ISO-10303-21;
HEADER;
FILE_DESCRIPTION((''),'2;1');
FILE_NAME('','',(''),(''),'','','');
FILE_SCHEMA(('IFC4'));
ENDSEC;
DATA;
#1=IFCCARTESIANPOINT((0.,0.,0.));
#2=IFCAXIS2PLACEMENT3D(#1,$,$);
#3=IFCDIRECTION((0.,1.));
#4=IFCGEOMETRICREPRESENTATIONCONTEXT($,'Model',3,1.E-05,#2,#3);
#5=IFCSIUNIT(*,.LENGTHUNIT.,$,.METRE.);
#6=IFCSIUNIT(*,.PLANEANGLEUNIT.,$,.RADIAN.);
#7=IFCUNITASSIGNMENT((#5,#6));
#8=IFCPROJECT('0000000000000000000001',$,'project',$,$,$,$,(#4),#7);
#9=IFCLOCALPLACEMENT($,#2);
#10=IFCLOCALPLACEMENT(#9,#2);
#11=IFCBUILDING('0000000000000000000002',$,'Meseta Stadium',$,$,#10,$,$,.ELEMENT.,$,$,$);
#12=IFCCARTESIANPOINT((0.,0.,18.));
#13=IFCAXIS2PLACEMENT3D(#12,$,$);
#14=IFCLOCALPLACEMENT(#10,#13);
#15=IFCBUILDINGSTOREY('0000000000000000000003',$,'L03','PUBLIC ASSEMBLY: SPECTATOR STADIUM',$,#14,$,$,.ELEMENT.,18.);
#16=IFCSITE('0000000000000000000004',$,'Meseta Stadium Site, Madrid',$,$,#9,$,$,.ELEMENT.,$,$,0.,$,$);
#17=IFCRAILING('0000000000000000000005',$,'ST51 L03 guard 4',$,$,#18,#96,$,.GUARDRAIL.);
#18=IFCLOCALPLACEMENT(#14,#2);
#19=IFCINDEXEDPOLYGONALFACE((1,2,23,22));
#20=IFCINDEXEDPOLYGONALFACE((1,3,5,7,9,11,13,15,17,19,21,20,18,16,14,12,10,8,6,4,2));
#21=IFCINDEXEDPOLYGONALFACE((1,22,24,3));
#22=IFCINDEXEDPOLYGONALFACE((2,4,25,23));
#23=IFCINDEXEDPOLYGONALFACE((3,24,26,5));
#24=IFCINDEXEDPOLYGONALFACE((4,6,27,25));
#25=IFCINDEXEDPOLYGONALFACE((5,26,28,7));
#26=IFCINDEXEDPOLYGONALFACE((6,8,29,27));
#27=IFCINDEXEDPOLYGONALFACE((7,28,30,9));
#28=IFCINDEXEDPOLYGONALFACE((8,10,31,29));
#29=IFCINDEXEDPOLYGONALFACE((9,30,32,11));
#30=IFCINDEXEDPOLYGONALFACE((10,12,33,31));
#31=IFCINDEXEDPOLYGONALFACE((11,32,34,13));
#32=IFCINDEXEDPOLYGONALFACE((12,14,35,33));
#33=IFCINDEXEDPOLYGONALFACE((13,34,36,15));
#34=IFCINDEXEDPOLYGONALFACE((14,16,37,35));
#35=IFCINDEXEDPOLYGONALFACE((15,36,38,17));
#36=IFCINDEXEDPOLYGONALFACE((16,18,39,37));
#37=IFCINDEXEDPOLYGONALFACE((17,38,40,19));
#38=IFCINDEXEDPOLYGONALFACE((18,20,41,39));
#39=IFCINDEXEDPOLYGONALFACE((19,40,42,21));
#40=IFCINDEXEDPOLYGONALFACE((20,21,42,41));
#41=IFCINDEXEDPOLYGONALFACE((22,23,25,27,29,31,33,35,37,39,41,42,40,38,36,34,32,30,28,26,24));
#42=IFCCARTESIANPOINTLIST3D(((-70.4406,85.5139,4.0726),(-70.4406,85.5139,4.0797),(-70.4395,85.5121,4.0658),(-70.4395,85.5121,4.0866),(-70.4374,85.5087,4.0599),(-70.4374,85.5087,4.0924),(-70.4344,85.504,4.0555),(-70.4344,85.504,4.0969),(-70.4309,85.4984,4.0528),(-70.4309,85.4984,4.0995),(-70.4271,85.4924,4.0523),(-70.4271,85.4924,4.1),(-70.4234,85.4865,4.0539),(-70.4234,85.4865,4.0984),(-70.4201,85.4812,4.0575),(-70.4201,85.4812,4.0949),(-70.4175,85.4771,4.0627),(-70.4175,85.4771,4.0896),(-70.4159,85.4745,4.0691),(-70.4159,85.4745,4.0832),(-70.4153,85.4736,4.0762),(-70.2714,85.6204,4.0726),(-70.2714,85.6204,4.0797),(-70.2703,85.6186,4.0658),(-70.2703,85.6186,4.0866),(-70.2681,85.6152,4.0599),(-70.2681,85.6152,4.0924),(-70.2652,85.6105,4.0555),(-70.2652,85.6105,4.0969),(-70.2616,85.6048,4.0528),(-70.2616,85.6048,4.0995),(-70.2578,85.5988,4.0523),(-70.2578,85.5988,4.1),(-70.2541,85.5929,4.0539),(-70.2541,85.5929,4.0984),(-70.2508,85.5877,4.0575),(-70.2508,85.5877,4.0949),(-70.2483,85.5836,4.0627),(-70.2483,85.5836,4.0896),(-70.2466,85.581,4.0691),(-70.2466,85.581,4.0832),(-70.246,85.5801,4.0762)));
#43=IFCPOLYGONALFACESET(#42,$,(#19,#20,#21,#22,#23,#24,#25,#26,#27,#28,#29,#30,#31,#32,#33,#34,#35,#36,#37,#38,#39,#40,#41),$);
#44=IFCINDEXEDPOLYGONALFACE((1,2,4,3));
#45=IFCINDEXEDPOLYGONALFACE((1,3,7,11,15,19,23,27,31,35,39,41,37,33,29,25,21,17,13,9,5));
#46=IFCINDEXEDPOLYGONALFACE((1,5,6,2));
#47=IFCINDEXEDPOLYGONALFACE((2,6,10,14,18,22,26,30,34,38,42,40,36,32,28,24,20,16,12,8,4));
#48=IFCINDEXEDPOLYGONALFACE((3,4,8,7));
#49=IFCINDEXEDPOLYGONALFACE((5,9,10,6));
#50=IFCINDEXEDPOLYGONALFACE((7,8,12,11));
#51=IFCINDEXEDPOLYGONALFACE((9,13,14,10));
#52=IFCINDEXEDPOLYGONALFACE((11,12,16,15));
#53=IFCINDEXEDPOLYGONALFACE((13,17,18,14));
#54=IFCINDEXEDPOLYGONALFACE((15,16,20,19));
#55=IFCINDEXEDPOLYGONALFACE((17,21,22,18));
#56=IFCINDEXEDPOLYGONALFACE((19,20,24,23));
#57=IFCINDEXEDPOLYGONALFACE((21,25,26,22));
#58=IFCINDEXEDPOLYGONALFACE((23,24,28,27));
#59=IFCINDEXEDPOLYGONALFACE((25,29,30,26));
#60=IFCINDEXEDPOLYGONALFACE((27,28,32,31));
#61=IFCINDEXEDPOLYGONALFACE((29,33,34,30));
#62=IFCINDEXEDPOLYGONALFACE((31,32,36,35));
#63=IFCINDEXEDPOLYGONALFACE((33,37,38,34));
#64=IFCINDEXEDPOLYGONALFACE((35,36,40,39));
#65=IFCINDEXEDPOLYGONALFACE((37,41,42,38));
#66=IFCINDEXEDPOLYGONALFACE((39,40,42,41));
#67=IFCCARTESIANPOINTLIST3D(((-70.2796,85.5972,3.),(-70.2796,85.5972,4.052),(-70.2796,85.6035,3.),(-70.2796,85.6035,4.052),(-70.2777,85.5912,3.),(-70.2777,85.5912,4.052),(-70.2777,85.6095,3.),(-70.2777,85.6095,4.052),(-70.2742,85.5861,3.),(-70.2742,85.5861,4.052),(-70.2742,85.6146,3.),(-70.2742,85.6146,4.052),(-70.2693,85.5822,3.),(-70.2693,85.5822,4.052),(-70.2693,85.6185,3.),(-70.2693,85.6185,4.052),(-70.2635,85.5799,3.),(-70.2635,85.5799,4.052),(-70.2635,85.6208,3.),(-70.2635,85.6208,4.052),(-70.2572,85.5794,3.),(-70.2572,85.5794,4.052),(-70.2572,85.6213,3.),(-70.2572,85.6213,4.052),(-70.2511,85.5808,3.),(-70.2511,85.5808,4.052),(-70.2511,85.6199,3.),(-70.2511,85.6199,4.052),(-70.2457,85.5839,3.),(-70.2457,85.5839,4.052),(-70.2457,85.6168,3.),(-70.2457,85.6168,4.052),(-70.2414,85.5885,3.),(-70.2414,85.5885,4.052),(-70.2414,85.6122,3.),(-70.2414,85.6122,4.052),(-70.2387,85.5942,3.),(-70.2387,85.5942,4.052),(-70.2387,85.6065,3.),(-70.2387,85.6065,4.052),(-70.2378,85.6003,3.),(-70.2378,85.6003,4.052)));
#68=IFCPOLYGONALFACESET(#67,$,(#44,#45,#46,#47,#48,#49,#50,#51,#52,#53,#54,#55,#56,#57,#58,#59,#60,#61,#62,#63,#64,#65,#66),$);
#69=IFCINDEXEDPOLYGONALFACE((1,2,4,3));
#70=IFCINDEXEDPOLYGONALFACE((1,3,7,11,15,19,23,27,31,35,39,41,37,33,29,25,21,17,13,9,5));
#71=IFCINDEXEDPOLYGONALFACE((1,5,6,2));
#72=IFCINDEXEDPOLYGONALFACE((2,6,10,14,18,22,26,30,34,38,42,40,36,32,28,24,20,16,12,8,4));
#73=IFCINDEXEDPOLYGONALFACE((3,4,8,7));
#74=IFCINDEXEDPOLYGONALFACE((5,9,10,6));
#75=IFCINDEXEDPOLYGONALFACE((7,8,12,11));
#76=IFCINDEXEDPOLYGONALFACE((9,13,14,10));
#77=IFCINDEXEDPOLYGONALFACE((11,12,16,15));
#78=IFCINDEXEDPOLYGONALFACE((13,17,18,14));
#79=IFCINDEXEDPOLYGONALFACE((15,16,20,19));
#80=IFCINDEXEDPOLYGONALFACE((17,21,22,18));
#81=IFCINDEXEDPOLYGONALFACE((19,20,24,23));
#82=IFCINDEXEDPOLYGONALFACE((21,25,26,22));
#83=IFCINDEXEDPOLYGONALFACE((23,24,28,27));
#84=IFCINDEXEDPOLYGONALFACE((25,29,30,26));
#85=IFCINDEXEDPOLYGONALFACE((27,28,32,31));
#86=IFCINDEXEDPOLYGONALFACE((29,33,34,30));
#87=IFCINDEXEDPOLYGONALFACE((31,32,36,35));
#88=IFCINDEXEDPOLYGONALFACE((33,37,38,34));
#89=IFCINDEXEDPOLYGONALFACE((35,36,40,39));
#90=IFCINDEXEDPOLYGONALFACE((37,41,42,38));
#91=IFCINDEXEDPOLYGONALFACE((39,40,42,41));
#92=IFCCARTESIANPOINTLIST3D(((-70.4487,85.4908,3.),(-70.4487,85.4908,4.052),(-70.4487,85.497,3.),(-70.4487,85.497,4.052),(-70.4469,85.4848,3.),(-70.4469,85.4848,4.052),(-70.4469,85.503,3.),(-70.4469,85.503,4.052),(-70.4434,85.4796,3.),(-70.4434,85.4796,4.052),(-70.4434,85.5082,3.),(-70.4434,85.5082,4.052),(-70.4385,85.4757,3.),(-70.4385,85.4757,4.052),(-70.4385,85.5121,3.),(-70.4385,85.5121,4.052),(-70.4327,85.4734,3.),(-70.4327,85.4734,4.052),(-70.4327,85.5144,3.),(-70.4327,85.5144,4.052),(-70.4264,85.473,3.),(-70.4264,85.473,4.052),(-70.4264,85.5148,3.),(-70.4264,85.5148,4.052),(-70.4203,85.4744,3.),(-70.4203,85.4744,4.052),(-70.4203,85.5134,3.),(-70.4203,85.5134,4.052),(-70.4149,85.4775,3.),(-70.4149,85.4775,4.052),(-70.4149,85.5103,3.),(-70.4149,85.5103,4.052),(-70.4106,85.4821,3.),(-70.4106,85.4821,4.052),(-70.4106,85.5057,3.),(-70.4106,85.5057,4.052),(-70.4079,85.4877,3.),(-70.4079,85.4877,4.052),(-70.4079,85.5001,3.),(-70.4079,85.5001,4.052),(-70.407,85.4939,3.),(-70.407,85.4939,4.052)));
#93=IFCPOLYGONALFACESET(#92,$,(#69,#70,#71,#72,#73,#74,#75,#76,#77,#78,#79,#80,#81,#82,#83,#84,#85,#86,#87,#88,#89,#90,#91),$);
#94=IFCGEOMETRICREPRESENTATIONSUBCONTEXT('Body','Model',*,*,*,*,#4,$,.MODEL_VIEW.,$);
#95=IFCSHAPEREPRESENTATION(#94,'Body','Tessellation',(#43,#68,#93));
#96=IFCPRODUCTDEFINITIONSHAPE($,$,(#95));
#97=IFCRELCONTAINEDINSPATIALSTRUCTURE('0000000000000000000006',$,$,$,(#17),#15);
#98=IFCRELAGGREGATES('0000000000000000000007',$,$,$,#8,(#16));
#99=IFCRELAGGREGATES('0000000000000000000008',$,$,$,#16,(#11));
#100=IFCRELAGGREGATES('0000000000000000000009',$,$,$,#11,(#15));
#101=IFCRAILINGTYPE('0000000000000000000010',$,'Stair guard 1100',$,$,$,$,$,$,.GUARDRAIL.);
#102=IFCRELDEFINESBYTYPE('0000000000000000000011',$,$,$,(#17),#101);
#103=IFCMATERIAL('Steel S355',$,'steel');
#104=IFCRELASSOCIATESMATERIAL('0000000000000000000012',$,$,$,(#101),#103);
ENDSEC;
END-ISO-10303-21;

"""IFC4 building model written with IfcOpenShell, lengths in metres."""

from ifc_helpers import new_model, si_unit, direction, frame, origin, origin_2d, place, context, subcontext, project, spatial, circle, extrude, material, type_object, element, save


model = new_model("IFC4")

# Units and contexts
model_context = context("Model", 3, precision=1e-05, world=origin(), true_north=direction((0.0, 1.0)))
body_context = subcontext(model_context, "Body", "Model", "MODEL_VIEW")
ifc_project = project(units=[si_unit("LENGTHUNIT", "METRE"), si_unit("PLANEANGLEUNIT", "RADIAN")], contexts=[model_context])

# Site, building, storey
site_placement = place(None, origin())
site = spatial("IfcSite", under=ifc_project, at=site_placement, Name="Meseta Stadium Site, Madrid", CompositionType="ELEMENT", RefElevation=0.0)
building_placement = place(site_placement, origin())
building = spatial("IfcBuilding", under=site, at=building_placement, Name="Meseta Stadium", CompositionType="ELEMENT")
storey_placement = place(building_placement, frame((0.0, 0.0, 18.0)))
storey = spatial("IfcBuildingStorey", under=building, at=storey_placement, Name="L03", Description="PUBLIC ASSEMBLY: SPECTATOR STADIUM", CompositionType="ELEMENT", Elevation=18.0)

# Railing
ifc_material_1 = material(Name="Steel S355", Category="steel")
railing_type_1 = type_object("IfcRailingType", Name="Stair guard 1100", PredefinedType="GUARDRAIL", material=ifc_material_1)
railing_1_placement = place(storey_placement, frame((-70.2588, 85.6003, 3.0)))
element("IfcRailing", 1, at=railing_1_placement, inside=storey, type_object=railing_type_1, Name="ST51 L03 guard 4", PredefinedType="GUARDRAIL", context=body_context, shape_type="SweptSolid", body=[
    extrude(circle(Radius=0.0239, at=origin_2d()), frame((0.0, 0.0, 1.0762), z_axis=(-0.846416, -0.532522, 0.0), x_axis=(0.532522, -0.846416, 0.0)), (0.0, 0.0, 1.0), 0.2),
    extrude(circle(Radius=0.021, at=origin_2d()), origin(), (0.0, 0.0, 1.0), 1.052),
    extrude(circle(Radius=0.021, at=origin_2d()), frame((-0.1692, -0.1064, 0.0)), (0.0, 0.0, 1.0), 1.052),
])

save(model, "model.ifc")
